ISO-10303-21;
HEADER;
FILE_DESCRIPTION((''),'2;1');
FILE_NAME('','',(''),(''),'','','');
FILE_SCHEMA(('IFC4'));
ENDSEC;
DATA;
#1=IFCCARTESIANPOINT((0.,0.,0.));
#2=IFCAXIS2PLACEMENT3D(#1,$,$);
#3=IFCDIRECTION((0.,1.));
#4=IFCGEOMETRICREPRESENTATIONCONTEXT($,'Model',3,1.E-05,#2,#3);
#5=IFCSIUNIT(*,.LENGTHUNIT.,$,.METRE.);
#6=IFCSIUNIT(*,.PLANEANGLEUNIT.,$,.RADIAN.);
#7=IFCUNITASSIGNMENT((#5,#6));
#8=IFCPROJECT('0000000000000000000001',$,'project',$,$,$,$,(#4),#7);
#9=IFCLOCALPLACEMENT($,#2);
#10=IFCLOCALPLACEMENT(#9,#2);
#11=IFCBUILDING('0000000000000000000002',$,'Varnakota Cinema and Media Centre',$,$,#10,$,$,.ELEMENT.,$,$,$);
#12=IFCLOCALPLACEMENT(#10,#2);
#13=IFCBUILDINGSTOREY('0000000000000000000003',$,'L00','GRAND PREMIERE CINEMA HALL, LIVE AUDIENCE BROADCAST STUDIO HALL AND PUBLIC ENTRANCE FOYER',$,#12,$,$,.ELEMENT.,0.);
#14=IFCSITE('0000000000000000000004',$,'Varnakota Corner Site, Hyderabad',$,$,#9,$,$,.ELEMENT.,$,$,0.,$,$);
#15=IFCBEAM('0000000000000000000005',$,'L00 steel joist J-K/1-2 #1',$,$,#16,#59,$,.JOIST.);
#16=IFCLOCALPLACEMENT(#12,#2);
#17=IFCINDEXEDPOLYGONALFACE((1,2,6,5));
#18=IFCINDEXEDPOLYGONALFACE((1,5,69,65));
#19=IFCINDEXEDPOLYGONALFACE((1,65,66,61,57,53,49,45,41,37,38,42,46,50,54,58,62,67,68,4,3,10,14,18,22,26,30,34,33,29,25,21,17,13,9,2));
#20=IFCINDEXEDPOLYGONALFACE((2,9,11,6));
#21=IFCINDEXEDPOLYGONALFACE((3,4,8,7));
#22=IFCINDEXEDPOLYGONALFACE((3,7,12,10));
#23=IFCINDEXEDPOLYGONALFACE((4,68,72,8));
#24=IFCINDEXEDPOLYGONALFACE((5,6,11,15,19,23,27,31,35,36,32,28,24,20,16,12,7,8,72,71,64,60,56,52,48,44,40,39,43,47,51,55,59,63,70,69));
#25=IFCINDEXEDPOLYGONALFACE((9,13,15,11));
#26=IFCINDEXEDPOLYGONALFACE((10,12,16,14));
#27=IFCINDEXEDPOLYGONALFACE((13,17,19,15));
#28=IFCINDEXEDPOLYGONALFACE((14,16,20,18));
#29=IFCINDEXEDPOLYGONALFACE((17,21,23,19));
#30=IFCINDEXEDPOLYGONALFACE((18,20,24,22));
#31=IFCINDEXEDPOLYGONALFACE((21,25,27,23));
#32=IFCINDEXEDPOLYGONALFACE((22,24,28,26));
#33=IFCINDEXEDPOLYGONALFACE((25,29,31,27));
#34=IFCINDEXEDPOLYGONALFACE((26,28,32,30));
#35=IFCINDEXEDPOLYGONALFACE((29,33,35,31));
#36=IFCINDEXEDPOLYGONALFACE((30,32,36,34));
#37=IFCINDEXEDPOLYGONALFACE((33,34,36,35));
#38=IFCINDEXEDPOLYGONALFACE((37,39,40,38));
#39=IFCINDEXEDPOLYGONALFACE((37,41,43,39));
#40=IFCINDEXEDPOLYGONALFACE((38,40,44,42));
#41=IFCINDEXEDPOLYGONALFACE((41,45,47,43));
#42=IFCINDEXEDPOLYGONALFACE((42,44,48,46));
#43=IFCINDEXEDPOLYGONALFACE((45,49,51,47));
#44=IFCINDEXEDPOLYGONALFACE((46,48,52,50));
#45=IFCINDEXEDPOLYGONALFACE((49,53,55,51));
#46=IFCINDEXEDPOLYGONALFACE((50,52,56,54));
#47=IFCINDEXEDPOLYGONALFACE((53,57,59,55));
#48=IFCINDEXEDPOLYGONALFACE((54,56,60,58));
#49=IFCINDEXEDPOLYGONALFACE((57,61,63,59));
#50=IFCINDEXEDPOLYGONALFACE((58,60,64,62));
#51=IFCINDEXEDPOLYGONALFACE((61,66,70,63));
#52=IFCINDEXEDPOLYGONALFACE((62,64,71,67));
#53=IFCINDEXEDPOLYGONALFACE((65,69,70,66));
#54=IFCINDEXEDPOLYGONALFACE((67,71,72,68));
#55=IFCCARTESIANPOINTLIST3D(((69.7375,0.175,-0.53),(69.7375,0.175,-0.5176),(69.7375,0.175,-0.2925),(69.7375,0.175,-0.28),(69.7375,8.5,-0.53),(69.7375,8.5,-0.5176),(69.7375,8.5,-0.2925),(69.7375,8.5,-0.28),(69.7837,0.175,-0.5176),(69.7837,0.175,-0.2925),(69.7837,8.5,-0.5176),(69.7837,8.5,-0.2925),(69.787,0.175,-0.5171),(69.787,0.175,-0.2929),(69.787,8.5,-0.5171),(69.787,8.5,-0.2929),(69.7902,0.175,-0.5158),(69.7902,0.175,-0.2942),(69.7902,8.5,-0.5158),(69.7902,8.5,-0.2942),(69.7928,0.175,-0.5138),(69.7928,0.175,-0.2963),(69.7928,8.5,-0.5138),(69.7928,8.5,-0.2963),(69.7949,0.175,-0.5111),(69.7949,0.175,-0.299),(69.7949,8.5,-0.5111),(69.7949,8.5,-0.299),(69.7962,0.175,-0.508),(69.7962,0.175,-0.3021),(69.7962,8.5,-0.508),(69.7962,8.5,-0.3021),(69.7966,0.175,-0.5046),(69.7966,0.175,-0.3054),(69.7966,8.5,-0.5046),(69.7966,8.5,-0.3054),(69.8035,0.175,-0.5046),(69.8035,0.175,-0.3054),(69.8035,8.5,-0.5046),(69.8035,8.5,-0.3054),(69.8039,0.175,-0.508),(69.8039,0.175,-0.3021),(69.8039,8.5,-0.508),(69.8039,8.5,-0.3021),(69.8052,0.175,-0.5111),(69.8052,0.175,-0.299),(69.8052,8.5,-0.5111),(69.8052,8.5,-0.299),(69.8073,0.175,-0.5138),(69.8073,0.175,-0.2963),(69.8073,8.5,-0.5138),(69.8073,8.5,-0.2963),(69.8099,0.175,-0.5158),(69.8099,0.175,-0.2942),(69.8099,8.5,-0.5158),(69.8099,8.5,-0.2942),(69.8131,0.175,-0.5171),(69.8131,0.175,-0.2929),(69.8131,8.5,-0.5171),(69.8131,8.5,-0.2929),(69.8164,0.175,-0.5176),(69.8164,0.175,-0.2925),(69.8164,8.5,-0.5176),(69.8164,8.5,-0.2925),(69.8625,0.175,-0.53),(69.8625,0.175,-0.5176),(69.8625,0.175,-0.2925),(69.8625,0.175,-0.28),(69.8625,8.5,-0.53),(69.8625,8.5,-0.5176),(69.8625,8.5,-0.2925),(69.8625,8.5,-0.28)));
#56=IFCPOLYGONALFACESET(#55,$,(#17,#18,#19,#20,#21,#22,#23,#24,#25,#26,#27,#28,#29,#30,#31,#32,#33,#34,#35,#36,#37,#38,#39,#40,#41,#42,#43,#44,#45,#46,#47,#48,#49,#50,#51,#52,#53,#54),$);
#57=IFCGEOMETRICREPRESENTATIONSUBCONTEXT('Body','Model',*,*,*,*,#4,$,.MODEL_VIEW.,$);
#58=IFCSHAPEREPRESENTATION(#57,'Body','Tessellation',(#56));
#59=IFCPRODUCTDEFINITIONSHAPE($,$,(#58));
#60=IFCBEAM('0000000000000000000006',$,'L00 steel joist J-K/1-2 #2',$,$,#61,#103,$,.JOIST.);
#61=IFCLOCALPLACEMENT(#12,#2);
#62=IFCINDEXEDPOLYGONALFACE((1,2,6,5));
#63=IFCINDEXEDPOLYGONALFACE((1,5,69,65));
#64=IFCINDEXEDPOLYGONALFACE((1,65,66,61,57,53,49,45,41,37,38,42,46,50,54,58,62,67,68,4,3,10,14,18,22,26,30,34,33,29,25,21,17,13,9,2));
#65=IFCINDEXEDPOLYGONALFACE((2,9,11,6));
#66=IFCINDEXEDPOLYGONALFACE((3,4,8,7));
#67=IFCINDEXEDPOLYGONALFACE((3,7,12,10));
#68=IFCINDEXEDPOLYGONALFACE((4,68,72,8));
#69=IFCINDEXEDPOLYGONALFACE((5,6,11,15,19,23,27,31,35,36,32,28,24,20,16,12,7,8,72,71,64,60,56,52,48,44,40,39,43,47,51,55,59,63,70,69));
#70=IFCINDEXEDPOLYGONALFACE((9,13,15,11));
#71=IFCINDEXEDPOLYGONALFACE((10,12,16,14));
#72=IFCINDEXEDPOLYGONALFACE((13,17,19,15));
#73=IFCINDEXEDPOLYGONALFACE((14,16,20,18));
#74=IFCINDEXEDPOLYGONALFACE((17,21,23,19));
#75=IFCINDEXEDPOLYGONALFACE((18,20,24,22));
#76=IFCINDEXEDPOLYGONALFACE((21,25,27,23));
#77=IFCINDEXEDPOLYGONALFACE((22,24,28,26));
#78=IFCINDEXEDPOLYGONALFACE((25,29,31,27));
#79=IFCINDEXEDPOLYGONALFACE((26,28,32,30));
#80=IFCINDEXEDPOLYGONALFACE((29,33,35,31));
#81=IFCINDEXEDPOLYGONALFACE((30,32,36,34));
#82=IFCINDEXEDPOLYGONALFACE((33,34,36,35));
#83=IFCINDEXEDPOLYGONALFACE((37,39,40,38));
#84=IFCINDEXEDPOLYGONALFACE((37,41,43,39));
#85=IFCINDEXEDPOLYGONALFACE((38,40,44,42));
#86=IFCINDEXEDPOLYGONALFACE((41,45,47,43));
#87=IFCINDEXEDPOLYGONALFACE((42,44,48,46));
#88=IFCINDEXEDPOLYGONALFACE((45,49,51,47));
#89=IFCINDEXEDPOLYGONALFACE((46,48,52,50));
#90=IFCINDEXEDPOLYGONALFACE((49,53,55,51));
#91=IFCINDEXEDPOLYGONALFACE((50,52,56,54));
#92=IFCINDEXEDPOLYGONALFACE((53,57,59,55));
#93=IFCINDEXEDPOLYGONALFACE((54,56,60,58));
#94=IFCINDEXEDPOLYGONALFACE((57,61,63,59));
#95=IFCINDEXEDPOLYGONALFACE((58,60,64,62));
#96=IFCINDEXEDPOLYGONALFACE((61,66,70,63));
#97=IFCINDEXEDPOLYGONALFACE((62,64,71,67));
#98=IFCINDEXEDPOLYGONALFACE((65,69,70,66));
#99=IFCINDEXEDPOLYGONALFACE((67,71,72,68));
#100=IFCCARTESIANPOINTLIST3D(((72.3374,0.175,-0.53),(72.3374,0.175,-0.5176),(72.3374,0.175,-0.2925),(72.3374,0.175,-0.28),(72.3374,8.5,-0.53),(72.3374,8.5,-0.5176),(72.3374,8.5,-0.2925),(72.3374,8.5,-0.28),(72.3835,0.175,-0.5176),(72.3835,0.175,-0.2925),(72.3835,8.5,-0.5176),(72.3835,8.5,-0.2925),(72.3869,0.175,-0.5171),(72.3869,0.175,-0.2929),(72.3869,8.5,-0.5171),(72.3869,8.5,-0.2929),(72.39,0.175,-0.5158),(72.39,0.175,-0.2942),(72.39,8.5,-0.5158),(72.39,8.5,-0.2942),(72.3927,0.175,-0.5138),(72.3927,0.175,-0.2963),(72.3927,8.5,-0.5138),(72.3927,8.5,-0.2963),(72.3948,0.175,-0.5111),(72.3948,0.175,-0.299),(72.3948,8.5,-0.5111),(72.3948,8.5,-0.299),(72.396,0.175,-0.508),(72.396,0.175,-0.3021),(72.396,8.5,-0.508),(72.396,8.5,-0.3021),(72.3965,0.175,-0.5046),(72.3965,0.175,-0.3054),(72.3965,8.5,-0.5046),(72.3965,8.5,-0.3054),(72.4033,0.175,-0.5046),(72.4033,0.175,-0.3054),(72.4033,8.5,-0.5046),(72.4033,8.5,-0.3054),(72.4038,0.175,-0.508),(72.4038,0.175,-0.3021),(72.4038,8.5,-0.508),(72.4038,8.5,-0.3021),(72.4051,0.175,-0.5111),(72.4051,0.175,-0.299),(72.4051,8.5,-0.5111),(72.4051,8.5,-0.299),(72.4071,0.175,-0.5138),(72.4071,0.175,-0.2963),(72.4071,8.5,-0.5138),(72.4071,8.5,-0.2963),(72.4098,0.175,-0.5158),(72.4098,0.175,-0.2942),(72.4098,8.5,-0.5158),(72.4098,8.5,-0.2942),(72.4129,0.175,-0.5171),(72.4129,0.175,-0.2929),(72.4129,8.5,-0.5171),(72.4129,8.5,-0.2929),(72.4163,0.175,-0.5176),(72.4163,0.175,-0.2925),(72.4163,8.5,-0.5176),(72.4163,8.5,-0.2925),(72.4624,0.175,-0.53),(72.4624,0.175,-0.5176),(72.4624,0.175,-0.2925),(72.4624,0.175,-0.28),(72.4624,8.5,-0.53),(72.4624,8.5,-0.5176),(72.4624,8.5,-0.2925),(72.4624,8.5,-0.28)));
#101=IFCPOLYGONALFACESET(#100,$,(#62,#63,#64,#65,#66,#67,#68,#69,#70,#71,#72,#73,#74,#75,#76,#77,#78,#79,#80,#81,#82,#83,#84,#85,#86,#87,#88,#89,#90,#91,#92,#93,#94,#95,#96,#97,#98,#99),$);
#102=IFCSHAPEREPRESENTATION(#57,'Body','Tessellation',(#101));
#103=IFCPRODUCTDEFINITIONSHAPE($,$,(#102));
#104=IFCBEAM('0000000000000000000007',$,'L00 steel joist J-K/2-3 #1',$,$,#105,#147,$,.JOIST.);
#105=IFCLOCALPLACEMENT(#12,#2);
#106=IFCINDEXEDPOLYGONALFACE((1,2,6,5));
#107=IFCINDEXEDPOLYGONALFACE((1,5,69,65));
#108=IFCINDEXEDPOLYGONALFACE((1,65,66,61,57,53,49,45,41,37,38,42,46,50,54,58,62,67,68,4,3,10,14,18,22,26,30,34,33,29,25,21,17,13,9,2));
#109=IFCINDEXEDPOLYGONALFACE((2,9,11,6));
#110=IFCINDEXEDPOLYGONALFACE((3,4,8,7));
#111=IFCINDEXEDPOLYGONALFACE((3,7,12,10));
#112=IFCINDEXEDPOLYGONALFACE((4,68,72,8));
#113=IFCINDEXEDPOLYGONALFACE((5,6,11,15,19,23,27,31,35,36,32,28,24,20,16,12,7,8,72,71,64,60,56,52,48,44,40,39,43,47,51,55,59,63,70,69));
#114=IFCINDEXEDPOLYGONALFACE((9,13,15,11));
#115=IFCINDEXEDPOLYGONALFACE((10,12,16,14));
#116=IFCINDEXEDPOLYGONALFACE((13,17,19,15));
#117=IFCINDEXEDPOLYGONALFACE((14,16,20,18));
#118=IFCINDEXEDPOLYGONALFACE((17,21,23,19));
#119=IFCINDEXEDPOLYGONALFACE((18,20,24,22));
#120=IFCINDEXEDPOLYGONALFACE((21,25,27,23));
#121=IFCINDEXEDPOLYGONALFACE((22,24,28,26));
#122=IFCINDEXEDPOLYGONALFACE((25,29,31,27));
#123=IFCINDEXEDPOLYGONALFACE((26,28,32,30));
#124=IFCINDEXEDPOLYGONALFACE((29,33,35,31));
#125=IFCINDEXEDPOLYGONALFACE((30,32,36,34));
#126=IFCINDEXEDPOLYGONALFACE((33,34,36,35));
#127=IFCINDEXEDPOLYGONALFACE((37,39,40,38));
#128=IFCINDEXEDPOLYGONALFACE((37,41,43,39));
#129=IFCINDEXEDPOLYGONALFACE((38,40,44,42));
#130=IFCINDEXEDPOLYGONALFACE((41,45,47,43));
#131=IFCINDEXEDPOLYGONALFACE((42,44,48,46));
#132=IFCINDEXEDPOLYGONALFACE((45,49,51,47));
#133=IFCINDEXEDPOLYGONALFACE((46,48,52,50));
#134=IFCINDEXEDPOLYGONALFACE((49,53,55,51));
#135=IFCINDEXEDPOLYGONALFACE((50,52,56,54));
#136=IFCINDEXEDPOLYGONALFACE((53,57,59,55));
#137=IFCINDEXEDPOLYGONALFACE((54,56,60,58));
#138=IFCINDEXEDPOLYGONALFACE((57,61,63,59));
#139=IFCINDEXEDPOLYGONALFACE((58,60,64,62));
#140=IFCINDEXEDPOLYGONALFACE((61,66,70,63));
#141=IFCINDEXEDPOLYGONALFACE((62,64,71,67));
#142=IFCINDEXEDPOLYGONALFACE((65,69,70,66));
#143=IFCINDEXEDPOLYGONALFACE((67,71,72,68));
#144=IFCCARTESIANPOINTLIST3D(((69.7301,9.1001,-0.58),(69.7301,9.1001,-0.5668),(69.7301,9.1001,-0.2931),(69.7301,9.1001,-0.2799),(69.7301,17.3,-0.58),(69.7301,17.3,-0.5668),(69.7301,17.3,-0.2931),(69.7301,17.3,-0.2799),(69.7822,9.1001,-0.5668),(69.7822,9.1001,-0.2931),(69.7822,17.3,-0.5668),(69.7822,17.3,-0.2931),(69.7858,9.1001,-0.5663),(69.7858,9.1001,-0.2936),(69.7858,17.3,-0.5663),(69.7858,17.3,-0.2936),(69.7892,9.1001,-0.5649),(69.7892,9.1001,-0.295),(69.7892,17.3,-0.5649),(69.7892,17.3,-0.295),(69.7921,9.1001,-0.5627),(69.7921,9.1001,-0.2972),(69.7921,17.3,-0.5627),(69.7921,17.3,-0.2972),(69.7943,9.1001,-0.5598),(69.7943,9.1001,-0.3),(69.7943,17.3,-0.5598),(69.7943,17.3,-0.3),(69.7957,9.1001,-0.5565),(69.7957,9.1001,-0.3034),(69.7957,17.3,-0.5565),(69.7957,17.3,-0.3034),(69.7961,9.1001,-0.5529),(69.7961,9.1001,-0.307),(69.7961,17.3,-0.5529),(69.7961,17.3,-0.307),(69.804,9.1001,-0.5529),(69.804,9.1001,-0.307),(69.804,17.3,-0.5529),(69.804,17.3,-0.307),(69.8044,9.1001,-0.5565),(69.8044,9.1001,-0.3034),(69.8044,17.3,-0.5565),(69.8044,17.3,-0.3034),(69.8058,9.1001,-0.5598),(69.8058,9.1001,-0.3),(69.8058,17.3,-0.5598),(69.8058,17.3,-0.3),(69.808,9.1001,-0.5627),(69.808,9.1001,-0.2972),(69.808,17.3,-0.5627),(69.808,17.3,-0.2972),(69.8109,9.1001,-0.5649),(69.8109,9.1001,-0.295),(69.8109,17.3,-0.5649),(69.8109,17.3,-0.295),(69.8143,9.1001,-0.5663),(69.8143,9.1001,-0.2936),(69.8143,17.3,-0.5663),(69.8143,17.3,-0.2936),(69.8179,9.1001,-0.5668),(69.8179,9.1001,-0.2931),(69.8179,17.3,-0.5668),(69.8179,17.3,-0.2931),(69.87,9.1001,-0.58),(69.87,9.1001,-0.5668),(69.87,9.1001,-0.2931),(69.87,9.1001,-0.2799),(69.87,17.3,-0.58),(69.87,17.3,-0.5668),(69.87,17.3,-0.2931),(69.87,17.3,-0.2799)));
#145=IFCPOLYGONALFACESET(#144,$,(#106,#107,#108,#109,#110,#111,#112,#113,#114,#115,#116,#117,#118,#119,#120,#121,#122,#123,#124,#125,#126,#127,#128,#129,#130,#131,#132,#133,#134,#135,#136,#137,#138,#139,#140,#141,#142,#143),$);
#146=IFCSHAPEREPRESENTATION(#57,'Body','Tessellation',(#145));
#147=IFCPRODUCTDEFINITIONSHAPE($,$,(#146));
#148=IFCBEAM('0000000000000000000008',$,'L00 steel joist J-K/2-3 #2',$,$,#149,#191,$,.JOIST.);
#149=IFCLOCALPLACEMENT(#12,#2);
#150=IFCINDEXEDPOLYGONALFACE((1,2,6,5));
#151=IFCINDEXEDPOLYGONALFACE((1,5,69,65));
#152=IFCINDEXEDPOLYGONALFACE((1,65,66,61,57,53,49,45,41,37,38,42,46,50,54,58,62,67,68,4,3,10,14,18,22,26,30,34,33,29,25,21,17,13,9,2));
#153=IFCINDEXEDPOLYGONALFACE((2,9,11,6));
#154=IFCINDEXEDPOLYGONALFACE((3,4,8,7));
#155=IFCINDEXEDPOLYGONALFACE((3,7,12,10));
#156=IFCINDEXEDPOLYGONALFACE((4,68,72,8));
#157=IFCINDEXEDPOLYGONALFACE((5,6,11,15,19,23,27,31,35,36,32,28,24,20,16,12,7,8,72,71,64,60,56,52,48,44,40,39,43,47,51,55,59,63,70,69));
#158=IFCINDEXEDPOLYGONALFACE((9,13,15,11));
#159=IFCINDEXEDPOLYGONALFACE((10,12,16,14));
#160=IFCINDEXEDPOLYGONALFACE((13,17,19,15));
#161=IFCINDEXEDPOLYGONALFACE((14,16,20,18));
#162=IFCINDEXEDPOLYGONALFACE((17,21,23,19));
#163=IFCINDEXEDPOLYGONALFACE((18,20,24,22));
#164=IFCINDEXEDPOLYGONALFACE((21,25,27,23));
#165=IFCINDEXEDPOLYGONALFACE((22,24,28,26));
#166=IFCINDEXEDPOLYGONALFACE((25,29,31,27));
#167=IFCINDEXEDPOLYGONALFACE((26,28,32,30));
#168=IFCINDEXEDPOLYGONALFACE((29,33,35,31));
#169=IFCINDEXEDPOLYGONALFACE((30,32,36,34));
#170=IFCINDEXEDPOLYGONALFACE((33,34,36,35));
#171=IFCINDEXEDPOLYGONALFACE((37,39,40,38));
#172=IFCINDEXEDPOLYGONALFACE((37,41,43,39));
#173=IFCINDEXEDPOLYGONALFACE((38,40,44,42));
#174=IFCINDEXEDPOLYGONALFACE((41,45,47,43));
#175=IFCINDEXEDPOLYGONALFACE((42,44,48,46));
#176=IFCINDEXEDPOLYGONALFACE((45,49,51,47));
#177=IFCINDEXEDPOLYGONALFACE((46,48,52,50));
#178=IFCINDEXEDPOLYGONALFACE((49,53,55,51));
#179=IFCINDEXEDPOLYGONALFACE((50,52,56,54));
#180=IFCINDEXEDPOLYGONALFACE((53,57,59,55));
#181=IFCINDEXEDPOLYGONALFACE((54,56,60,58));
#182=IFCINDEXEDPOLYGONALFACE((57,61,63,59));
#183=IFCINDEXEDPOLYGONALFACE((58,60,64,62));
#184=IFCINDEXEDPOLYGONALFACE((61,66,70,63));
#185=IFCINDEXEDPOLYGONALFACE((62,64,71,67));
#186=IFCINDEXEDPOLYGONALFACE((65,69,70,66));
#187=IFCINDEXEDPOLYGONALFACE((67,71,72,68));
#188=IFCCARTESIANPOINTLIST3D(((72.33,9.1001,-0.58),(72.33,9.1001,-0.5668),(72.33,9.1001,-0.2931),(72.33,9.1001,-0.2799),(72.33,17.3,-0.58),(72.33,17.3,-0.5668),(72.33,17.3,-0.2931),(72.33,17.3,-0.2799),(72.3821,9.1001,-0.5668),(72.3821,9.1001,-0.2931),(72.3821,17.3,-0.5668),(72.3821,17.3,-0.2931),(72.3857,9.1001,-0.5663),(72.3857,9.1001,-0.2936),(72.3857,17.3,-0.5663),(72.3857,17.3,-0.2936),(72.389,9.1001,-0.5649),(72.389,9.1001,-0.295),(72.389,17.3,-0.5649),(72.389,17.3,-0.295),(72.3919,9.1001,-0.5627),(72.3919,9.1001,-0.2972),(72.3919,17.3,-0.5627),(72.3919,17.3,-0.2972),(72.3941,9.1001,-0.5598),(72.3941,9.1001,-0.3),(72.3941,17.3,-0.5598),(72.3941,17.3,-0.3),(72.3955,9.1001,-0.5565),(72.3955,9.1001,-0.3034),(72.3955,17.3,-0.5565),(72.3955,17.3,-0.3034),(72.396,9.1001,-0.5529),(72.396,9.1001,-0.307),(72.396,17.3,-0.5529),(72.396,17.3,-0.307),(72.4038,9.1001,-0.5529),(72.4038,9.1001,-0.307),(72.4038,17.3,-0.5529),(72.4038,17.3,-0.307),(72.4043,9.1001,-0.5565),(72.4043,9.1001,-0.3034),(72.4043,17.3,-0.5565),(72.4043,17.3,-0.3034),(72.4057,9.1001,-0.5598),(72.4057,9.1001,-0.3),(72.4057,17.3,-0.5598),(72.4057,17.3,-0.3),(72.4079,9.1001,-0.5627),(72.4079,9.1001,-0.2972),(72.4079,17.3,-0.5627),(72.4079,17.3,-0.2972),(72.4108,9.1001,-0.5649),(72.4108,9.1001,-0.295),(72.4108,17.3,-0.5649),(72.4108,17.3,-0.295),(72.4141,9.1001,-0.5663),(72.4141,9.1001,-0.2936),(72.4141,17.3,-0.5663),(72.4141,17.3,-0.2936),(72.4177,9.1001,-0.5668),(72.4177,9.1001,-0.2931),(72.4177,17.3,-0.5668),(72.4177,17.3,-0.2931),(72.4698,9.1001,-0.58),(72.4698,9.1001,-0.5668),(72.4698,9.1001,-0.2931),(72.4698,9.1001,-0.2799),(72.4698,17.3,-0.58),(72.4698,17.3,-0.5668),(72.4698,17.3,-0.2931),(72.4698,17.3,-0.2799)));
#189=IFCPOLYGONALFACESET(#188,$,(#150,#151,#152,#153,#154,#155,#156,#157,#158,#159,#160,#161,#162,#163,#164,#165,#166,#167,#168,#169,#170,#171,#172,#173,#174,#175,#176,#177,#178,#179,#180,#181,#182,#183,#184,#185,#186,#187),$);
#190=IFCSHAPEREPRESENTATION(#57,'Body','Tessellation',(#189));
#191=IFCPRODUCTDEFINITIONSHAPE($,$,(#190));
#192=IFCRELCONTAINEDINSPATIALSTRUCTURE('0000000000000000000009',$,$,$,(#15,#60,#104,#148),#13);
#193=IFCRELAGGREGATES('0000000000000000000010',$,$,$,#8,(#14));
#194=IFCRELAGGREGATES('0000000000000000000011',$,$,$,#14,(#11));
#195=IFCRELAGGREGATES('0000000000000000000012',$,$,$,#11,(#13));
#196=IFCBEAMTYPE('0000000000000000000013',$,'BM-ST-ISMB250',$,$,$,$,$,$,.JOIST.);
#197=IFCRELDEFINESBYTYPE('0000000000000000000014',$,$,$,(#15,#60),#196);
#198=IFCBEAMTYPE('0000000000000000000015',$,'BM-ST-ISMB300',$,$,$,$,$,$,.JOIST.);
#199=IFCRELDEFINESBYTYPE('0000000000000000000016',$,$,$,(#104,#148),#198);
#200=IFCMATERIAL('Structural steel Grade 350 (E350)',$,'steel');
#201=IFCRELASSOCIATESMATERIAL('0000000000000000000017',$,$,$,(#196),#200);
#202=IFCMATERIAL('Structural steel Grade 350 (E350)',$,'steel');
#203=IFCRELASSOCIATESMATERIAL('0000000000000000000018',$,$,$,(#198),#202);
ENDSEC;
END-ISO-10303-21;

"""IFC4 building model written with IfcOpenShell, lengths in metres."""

from ifc_helpers import new_model, si_unit, direction, frame, origin, origin_2d, place, context, subcontext, project, spatial, i_section, extrude, material, material_profile, profile_set, type_object, element, save


model = new_model("IFC4")

# Units and contexts
model_context = context("Model", 3, precision=1e-05, world=origin(), true_north=direction((0.0, 1.0)))
body_context = subcontext(model_context, "Body", "Model", "MODEL_VIEW")
ifc_project = project(units=[si_unit("LENGTHUNIT", "METRE"), si_unit("PLANEANGLEUNIT", "RADIAN")], contexts=[model_context])

# Site, building, storey
site_placement = place(None, origin())
site = spatial("IfcSite", under=ifc_project, at=site_placement, Name="Varnakota Corner Site, Hyderabad", CompositionType="ELEMENT", RefElevation=0.0)
building_placement = place(site_placement, origin())
building = spatial("IfcBuilding", under=site, at=building_placement, Name="Varnakota Cinema and Media Centre", CompositionType="ELEMENT")
storey_placement = place(building_placement, origin())
storey = spatial("IfcBuildingStorey", under=building, at=storey_placement, Name="L00", Description="GRAND PREMIERE CINEMA HALL, LIVE AUDIENCE BROADCAST STUDIO HALL AND PUBLIC ENTRANCE FOYER", CompositionType="ELEMENT", Elevation=0.0)

# Beams
ifc_material_1 = material(Name="Structural steel Grade 350 (E350)", Category="steel")
ifc_material_profile_1 = material_profile(ifc_material_1, i_section(OverallWidth=0.125, OverallDepth=0.25, WebThickness=0.0068, FlangeThickness=0.0125, FilletRadius=0.0129, at=origin_2d()), Name="ISMB 250")
ifc_profile_set_1 = profile_set([ifc_material_profile_1], Name="Structural steel Grade 350 (E350)")
beam_type_1 = type_object("IfcBeamType", Name="BM-ST-ISMB250", PredefinedType="JOIST", material=ifc_profile_set_1)
for number, where, z_axis, x_axis, name in (
    (1, (69.8, 0.175, -0.405), (0.0, 1.0, 0.0), (-1.0, 0.0, 0.0), "L00 steel joist J-K/1-2 #1"),
    (2, (72.3999, 0.175, -0.405), (0.0, 1.0, 0.0), (-1.0, 0.0, 0.0), "L00 steel joist J-K/1-2 #2"),
):
    element("IfcBeam", number, at=place(storey_placement, frame(where, z_axis=z_axis, x_axis=x_axis)), inside=storey, type_object=beam_type_1, Name=name, PredefinedType="JOIST", context=body_context, shape_type="SweptSolid", body=[
        extrude(i_section(OverallWidth=0.125, OverallDepth=0.25, WebThickness=0.0068, FlangeThickness=0.0125, FilletRadius=0.0129, at=origin_2d()), origin(), (0.0, 0.0, 1.0), 8.325),
    ])
ifc_material_2 = material(Name="Structural steel Grade 350 (E350)", Category="steel")
ifc_material_profile_2 = material_profile(ifc_material_2, i_section(OverallWidth=0.1399, OverallDepth=0.3, WebThickness=0.0078, FlangeThickness=0.0132, FilletRadius=0.0139, at=origin_2d()), Name="ISMB 300")
ifc_profile_set_2 = profile_set([ifc_material_profile_2], Name="Structural steel Grade 350 (E350)")
beam_type_2 = type_object("IfcBeamType", Name="BM-ST-ISMB300", PredefinedType="JOIST", material=ifc_profile_set_2)
for number, where, z_axis, x_axis, name in (
    (3, (69.8, 9.1001, -0.4299), (0.0, 1.0, 0.0), (-1.0, 0.0, 0.0), "L00 steel joist J-K/2-3 #1"),
    (4, (72.3999, 9.1001, -0.4299), (0.0, 1.0, 0.0), (-1.0, 0.0, 0.0), "L00 steel joist J-K/2-3 #2"),
):
    element("IfcBeam", number, at=place(storey_placement, frame(where, z_axis=z_axis, x_axis=x_axis)), inside=storey, type_object=beam_type_2, Name=name, PredefinedType="JOIST", context=body_context, shape_type="SweptSolid", body=[
        extrude(i_section(OverallWidth=0.1399, OverallDepth=0.3, WebThickness=0.0078, FlangeThickness=0.0132, FilletRadius=0.0139, at=origin_2d()), origin(), (0.0, 0.0, 1.0), 8.2),
    ])

save(model, "model.ifc")
